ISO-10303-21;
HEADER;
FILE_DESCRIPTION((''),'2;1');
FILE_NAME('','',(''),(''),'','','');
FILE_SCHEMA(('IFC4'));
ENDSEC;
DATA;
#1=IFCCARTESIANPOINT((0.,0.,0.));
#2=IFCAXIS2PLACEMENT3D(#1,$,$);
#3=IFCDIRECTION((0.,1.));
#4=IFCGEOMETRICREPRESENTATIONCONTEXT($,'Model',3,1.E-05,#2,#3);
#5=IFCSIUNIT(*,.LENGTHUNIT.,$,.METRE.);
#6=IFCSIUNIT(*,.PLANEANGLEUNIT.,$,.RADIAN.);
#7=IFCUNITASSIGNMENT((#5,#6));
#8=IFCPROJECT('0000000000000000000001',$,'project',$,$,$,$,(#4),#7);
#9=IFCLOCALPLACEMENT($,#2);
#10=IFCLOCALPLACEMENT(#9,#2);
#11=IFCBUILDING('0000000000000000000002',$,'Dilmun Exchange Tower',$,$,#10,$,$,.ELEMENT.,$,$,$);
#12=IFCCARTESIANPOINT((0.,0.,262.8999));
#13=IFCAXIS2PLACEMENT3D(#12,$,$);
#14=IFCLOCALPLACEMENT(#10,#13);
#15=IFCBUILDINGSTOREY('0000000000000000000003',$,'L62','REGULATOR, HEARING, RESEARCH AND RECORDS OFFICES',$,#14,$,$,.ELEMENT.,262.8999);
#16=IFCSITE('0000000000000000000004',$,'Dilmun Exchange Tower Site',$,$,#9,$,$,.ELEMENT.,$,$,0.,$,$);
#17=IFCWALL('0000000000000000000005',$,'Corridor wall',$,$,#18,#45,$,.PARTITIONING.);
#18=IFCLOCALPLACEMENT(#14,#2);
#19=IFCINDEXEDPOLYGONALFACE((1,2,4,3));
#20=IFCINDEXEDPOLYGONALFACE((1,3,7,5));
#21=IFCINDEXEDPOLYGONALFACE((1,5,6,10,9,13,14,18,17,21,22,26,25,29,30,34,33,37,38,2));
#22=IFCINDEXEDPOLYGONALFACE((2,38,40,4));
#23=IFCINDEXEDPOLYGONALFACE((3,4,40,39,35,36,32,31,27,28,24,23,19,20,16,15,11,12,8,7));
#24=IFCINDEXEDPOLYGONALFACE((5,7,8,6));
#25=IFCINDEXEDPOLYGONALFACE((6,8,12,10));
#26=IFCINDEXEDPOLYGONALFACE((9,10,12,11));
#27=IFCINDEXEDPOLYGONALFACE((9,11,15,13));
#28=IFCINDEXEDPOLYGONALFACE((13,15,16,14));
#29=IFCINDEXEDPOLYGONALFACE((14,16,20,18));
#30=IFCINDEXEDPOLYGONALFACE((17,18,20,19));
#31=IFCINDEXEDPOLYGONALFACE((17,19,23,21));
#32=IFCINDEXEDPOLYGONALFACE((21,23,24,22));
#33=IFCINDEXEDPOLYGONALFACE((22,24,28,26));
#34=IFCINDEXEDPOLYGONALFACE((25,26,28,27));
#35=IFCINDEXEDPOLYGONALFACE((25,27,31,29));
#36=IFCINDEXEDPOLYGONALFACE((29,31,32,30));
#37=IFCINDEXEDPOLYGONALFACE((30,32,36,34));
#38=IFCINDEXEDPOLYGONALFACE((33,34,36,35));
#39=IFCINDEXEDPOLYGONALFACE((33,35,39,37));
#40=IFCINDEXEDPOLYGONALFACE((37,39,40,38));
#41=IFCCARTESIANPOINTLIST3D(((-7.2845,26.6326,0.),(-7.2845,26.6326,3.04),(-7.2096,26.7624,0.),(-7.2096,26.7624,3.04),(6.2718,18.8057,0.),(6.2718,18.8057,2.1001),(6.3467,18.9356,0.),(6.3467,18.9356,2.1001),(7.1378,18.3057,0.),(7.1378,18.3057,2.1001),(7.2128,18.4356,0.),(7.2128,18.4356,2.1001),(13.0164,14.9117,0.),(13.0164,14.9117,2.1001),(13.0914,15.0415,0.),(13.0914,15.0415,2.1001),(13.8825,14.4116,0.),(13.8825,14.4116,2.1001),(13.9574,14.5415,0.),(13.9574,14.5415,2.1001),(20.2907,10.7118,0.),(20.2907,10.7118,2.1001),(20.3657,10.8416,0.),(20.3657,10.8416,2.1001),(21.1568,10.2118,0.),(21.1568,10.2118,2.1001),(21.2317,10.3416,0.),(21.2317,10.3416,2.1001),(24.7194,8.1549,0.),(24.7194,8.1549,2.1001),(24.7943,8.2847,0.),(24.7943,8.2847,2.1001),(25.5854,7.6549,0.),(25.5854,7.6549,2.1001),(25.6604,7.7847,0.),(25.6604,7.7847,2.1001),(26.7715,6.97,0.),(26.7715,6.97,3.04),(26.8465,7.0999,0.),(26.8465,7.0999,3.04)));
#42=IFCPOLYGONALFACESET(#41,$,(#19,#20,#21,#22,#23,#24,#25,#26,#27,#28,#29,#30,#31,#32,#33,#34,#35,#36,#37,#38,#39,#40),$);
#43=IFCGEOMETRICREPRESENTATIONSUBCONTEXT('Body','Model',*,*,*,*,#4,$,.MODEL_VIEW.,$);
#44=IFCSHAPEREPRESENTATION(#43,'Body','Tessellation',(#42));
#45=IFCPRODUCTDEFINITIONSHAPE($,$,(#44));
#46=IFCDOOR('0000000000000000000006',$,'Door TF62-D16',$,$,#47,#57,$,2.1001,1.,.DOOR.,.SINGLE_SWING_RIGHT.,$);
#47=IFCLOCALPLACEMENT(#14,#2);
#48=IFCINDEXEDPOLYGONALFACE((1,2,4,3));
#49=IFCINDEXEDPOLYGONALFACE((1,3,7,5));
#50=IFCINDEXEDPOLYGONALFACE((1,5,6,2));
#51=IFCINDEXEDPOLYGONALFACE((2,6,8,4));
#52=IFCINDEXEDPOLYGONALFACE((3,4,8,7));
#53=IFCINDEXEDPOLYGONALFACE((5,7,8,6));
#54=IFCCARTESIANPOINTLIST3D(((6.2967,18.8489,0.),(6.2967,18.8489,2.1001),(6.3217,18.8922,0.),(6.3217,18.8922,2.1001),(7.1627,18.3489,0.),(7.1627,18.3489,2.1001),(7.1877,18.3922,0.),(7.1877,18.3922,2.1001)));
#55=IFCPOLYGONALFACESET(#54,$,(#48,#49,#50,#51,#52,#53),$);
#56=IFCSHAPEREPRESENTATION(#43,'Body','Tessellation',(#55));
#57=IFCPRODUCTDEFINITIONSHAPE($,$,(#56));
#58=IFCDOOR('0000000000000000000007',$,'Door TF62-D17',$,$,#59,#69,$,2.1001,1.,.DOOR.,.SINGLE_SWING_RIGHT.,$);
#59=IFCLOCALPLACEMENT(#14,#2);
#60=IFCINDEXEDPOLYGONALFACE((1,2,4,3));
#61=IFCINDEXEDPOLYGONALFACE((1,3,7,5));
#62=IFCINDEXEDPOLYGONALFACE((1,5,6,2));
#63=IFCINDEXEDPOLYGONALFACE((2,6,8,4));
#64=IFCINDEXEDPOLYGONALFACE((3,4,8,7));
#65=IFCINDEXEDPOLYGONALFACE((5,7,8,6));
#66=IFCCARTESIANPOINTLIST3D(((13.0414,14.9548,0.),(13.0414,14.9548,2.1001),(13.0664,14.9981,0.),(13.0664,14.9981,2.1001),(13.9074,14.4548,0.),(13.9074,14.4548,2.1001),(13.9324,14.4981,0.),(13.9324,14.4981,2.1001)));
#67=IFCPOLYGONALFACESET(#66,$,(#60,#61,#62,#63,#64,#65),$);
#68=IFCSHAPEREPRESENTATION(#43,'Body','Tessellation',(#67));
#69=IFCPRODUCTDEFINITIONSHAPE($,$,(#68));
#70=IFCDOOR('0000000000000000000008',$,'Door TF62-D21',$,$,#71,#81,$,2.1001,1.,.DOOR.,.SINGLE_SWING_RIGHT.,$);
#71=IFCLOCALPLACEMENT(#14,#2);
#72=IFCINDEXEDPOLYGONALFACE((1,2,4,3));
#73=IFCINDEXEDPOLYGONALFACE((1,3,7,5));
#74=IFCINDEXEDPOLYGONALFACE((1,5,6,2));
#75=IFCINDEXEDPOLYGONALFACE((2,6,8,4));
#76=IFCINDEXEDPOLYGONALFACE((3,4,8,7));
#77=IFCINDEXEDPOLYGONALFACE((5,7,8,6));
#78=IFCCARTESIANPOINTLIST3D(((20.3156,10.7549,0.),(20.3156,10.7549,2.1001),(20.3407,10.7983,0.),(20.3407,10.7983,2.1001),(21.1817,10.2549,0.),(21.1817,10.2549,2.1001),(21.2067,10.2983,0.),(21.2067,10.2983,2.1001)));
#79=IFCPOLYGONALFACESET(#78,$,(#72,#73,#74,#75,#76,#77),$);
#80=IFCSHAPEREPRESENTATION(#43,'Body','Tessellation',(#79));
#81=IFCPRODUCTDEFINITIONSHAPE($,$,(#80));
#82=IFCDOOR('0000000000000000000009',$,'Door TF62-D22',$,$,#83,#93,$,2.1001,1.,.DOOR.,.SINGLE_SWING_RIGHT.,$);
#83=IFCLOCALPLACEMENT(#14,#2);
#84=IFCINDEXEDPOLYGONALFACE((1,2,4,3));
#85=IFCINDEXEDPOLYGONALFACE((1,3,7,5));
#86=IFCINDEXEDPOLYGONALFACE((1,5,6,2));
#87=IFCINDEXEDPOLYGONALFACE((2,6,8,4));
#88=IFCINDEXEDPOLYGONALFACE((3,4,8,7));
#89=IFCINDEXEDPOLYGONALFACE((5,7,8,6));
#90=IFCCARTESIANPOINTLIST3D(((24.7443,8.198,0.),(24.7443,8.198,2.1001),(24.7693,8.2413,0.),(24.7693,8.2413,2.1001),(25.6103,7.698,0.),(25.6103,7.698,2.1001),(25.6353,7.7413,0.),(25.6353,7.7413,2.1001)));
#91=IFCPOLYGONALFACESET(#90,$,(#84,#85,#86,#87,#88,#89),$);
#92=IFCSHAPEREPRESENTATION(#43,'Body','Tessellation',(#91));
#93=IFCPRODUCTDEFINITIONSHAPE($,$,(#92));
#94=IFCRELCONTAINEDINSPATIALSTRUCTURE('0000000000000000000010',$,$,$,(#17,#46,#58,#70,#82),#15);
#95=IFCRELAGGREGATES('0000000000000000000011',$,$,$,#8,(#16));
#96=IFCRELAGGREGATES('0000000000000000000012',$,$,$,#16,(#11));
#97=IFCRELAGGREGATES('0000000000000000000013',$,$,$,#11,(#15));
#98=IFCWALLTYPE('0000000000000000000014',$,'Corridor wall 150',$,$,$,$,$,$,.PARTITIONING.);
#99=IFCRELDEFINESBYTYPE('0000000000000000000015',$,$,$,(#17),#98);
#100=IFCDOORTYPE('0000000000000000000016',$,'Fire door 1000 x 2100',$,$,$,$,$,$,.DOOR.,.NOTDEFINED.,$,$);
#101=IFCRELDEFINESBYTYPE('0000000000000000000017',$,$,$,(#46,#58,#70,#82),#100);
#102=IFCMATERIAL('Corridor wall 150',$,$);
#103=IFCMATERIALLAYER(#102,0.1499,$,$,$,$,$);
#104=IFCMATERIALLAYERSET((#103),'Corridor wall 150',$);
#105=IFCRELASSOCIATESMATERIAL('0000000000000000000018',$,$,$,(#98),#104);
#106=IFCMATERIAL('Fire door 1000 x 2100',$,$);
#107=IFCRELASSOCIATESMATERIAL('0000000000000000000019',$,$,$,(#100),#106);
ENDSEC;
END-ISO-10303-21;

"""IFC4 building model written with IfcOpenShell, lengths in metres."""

from ifc_helpers import new_model, si_unit, direction, frame, frame_2d, origin, place, context, subcontext, project, spatial, rectangle, extrude, material, layer, layer_set, type_object, element, fill, save


model = new_model("IFC4")

# Units and contexts
model_context = context("Model", 3, precision=1e-05, world=origin(), true_north=direction((0.0, 1.0)))
body_context = subcontext(model_context, "Body", "Model", "MODEL_VIEW")
ifc_project = project(units=[si_unit("LENGTHUNIT", "METRE"), si_unit("PLANEANGLEUNIT", "RADIAN")], contexts=[model_context])

# Site, building, storey
site_placement = place(None, origin())
site = spatial("IfcSite", under=ifc_project, at=site_placement, Name="Dilmun Exchange Tower Site", CompositionType="ELEMENT", RefElevation=0.0)
building_placement = place(site_placement, origin())
building = spatial("IfcBuilding", under=site, at=building_placement, Name="Dilmun Exchange Tower", CompositionType="ELEMENT")
storey_placement = place(building_placement, frame((0.0, 0.0, 262.8999)))
storey = spatial("IfcBuildingStorey", under=building, at=storey_placement, Name="L62", Description="REGULATOR, HEARING, RESEARCH AND RECORDS OFFICES", CompositionType="ELEMENT", Elevation=262.8999)

# Shared definitions
ifc_material_1 = material(Name="Corridor wall 150")
ifc_layer_1 = layer(ifc_material_1, 0.1499)
ifc_layer_set_1 = layer_set([ifc_layer_1], Name="Corridor wall 150")
wall_type = type_object("IfcWallType", Name="Corridor wall 150", PredefinedType="PARTITIONING", material=ifc_layer_set_1)

# Wall, openings, doors
wall_1_placement = place(storey_placement, frame((-7.2471, 26.6975, 0.0), z_axis=(0.0, 0.0, 1.0), x_axis=(0.866022, -0.500005, 0.0)))
wall_1 = element("IfcWall", 1, at=wall_1_placement, inside=storey, type_object=wall_type, Name="Corridor wall", PredefinedType="PARTITIONING", context=body_context, shape_type="SweptSolid", body=[
    extrude(rectangle(XDim=39.3247, YDim=0.1499, at=frame_2d((19.6624, 0.0))), origin(), (0.0, 0.0, 1.0), 3.04),
])
opening_1_placement = place(wall_1_placement, frame((15.6536, 0.0, 0.0)))
opening_1 = element("IfcOpeningElement", 2, at=opening_1_placement, cuts=wall_1, PredefinedType="OPENING", context=body_context, shape_type="SweptSolid", body=[
    extrude(rectangle(XDim=1.0, YDim=2.1001, at=frame_2d((0.5, 1.05))), frame((0.0, 0.085, 0.0), z_axis=(0.0, -1.0, 0.0), x_axis=(1.0, 0.0, 0.0)), (0.0, 0.0, 1.0), 0.1699),
])
opening_2_placement = place(wall_1_placement, frame((23.4417, 0.0, 0.0)))
opening_2 = element("IfcOpeningElement", 3, at=opening_2_placement, cuts=wall_1, PredefinedType="OPENING", context=body_context, shape_type="SweptSolid", body=[
    extrude(rectangle(XDim=1.0, YDim=2.1001, at=frame_2d((0.5, 1.05))), frame((0.0, 0.085, 0.0), z_axis=(0.0, -1.0, 0.0), x_axis=(1.0, 0.0, 0.0)), (0.0, 0.0, 1.0), 0.1699),
])
opening_3_placement = place(wall_1_placement, frame((31.8413, 0.0, 0.0)))
opening_3 = element("IfcOpeningElement", 4, at=opening_3_placement, cuts=wall_1, PredefinedType="OPENING", context=body_context, shape_type="SweptSolid", body=[
    extrude(rectangle(XDim=1.0, YDim=2.1001, at=frame_2d((0.5, 1.05))), frame((0.0, 0.085, 0.0), z_axis=(0.0, -1.0, 0.0), x_axis=(1.0, 0.0, 0.0)), (0.0, 0.0, 1.0), 0.1699),
])
opening_4_placement = place(wall_1_placement, frame((36.9551, 0.0, 0.0)))
opening_4 = element("IfcOpeningElement", 5, at=opening_4_placement, cuts=wall_1, PredefinedType="OPENING", context=body_context, shape_type="SweptSolid", body=[
    extrude(rectangle(XDim=1.0, YDim=2.1001, at=frame_2d((0.5, 1.05))), frame((0.0, 0.085, 0.0), z_axis=(0.0, -1.0, 0.0), x_axis=(1.0, 0.0, 0.0)), (0.0, 0.0, 1.0), 0.1699),
])
ifc_material_2 = material(Name="Fire door 1000 x 2100")
door_type = type_object("IfcDoorType", Name="Fire door 1000 x 2100", OperationType="NOTDEFINED", PredefinedType="DOOR", material=ifc_material_2)
door_1_placement = place(opening_1_placement, origin())
door_1 = element("IfcDoor", 6, at=door_1_placement, inside=storey, type_object=door_type, Name="Door TF62-D16", OperationType="SINGLE_SWING_RIGHT", OverallHeight=2.1001, OverallWidth=1.0, PredefinedType="DOOR", context=body_context, shape_type="SweptSolid", body=[
    extrude(rectangle(XDim=1.0, YDim=2.1001, at=frame_2d((0.5, 1.05))), frame((0.0, 0.0249, 0.0), z_axis=(0.0, -1.0, 0.0), x_axis=(1.0, 0.0, 0.0)), (0.0, 0.0, 1.0), 0.05),
])
fill(opening_1, door_1)
door_2_placement = place(opening_2_placement, origin())
door_2 = element("IfcDoor", 7, at=door_2_placement, inside=storey, type_object=door_type, Name="Door TF62-D17", OperationType="SINGLE_SWING_RIGHT", OverallHeight=2.1001, OverallWidth=1.0, PredefinedType="DOOR", context=body_context, shape_type="SweptSolid", body=[
    extrude(rectangle(XDim=1.0, YDim=2.1001, at=frame_2d((0.5, 1.05))), frame((0.0, 0.0249, 0.0), z_axis=(0.0, -1.0, 0.0), x_axis=(1.0, 0.0, 0.0)), (0.0, 0.0, 1.0), 0.05),
])
fill(opening_2, door_2)
door_3_placement = place(opening_3_placement, origin())
door_3 = element("IfcDoor", 8, at=door_3_placement, inside=storey, type_object=door_type, Name="Door TF62-D21", OperationType="SINGLE_SWING_RIGHT", OverallHeight=2.1001, OverallWidth=1.0, PredefinedType="DOOR", context=body_context, shape_type="SweptSolid", body=[
    extrude(rectangle(XDim=1.0, YDim=2.1001, at=frame_2d((0.5, 1.05))), frame((0.0, 0.0249, 0.0), z_axis=(0.0, -1.0, 0.0), x_axis=(1.0, 0.0, 0.0)), (0.0, 0.0, 1.0), 0.05),
])
fill(opening_3, door_3)
door_4_placement = place(opening_4_placement, origin())
door_4 = element("IfcDoor", 9, at=door_4_placement, inside=storey, type_object=door_type, Name="Door TF62-D22", OperationType="SINGLE_SWING_RIGHT", OverallHeight=2.1001, OverallWidth=1.0, PredefinedType="DOOR", context=body_context, shape_type="SweptSolid", body=[
    extrude(rectangle(XDim=1.0, YDim=2.1001, at=frame_2d((0.5, 1.05))), frame((0.0, 0.0249, 0.0), z_axis=(0.0, -1.0, 0.0), x_axis=(1.0, 0.0, 0.0)), (0.0, 0.0, 1.0), 0.05),
])
fill(opening_4, door_4)

save(model, "model.ifc")
